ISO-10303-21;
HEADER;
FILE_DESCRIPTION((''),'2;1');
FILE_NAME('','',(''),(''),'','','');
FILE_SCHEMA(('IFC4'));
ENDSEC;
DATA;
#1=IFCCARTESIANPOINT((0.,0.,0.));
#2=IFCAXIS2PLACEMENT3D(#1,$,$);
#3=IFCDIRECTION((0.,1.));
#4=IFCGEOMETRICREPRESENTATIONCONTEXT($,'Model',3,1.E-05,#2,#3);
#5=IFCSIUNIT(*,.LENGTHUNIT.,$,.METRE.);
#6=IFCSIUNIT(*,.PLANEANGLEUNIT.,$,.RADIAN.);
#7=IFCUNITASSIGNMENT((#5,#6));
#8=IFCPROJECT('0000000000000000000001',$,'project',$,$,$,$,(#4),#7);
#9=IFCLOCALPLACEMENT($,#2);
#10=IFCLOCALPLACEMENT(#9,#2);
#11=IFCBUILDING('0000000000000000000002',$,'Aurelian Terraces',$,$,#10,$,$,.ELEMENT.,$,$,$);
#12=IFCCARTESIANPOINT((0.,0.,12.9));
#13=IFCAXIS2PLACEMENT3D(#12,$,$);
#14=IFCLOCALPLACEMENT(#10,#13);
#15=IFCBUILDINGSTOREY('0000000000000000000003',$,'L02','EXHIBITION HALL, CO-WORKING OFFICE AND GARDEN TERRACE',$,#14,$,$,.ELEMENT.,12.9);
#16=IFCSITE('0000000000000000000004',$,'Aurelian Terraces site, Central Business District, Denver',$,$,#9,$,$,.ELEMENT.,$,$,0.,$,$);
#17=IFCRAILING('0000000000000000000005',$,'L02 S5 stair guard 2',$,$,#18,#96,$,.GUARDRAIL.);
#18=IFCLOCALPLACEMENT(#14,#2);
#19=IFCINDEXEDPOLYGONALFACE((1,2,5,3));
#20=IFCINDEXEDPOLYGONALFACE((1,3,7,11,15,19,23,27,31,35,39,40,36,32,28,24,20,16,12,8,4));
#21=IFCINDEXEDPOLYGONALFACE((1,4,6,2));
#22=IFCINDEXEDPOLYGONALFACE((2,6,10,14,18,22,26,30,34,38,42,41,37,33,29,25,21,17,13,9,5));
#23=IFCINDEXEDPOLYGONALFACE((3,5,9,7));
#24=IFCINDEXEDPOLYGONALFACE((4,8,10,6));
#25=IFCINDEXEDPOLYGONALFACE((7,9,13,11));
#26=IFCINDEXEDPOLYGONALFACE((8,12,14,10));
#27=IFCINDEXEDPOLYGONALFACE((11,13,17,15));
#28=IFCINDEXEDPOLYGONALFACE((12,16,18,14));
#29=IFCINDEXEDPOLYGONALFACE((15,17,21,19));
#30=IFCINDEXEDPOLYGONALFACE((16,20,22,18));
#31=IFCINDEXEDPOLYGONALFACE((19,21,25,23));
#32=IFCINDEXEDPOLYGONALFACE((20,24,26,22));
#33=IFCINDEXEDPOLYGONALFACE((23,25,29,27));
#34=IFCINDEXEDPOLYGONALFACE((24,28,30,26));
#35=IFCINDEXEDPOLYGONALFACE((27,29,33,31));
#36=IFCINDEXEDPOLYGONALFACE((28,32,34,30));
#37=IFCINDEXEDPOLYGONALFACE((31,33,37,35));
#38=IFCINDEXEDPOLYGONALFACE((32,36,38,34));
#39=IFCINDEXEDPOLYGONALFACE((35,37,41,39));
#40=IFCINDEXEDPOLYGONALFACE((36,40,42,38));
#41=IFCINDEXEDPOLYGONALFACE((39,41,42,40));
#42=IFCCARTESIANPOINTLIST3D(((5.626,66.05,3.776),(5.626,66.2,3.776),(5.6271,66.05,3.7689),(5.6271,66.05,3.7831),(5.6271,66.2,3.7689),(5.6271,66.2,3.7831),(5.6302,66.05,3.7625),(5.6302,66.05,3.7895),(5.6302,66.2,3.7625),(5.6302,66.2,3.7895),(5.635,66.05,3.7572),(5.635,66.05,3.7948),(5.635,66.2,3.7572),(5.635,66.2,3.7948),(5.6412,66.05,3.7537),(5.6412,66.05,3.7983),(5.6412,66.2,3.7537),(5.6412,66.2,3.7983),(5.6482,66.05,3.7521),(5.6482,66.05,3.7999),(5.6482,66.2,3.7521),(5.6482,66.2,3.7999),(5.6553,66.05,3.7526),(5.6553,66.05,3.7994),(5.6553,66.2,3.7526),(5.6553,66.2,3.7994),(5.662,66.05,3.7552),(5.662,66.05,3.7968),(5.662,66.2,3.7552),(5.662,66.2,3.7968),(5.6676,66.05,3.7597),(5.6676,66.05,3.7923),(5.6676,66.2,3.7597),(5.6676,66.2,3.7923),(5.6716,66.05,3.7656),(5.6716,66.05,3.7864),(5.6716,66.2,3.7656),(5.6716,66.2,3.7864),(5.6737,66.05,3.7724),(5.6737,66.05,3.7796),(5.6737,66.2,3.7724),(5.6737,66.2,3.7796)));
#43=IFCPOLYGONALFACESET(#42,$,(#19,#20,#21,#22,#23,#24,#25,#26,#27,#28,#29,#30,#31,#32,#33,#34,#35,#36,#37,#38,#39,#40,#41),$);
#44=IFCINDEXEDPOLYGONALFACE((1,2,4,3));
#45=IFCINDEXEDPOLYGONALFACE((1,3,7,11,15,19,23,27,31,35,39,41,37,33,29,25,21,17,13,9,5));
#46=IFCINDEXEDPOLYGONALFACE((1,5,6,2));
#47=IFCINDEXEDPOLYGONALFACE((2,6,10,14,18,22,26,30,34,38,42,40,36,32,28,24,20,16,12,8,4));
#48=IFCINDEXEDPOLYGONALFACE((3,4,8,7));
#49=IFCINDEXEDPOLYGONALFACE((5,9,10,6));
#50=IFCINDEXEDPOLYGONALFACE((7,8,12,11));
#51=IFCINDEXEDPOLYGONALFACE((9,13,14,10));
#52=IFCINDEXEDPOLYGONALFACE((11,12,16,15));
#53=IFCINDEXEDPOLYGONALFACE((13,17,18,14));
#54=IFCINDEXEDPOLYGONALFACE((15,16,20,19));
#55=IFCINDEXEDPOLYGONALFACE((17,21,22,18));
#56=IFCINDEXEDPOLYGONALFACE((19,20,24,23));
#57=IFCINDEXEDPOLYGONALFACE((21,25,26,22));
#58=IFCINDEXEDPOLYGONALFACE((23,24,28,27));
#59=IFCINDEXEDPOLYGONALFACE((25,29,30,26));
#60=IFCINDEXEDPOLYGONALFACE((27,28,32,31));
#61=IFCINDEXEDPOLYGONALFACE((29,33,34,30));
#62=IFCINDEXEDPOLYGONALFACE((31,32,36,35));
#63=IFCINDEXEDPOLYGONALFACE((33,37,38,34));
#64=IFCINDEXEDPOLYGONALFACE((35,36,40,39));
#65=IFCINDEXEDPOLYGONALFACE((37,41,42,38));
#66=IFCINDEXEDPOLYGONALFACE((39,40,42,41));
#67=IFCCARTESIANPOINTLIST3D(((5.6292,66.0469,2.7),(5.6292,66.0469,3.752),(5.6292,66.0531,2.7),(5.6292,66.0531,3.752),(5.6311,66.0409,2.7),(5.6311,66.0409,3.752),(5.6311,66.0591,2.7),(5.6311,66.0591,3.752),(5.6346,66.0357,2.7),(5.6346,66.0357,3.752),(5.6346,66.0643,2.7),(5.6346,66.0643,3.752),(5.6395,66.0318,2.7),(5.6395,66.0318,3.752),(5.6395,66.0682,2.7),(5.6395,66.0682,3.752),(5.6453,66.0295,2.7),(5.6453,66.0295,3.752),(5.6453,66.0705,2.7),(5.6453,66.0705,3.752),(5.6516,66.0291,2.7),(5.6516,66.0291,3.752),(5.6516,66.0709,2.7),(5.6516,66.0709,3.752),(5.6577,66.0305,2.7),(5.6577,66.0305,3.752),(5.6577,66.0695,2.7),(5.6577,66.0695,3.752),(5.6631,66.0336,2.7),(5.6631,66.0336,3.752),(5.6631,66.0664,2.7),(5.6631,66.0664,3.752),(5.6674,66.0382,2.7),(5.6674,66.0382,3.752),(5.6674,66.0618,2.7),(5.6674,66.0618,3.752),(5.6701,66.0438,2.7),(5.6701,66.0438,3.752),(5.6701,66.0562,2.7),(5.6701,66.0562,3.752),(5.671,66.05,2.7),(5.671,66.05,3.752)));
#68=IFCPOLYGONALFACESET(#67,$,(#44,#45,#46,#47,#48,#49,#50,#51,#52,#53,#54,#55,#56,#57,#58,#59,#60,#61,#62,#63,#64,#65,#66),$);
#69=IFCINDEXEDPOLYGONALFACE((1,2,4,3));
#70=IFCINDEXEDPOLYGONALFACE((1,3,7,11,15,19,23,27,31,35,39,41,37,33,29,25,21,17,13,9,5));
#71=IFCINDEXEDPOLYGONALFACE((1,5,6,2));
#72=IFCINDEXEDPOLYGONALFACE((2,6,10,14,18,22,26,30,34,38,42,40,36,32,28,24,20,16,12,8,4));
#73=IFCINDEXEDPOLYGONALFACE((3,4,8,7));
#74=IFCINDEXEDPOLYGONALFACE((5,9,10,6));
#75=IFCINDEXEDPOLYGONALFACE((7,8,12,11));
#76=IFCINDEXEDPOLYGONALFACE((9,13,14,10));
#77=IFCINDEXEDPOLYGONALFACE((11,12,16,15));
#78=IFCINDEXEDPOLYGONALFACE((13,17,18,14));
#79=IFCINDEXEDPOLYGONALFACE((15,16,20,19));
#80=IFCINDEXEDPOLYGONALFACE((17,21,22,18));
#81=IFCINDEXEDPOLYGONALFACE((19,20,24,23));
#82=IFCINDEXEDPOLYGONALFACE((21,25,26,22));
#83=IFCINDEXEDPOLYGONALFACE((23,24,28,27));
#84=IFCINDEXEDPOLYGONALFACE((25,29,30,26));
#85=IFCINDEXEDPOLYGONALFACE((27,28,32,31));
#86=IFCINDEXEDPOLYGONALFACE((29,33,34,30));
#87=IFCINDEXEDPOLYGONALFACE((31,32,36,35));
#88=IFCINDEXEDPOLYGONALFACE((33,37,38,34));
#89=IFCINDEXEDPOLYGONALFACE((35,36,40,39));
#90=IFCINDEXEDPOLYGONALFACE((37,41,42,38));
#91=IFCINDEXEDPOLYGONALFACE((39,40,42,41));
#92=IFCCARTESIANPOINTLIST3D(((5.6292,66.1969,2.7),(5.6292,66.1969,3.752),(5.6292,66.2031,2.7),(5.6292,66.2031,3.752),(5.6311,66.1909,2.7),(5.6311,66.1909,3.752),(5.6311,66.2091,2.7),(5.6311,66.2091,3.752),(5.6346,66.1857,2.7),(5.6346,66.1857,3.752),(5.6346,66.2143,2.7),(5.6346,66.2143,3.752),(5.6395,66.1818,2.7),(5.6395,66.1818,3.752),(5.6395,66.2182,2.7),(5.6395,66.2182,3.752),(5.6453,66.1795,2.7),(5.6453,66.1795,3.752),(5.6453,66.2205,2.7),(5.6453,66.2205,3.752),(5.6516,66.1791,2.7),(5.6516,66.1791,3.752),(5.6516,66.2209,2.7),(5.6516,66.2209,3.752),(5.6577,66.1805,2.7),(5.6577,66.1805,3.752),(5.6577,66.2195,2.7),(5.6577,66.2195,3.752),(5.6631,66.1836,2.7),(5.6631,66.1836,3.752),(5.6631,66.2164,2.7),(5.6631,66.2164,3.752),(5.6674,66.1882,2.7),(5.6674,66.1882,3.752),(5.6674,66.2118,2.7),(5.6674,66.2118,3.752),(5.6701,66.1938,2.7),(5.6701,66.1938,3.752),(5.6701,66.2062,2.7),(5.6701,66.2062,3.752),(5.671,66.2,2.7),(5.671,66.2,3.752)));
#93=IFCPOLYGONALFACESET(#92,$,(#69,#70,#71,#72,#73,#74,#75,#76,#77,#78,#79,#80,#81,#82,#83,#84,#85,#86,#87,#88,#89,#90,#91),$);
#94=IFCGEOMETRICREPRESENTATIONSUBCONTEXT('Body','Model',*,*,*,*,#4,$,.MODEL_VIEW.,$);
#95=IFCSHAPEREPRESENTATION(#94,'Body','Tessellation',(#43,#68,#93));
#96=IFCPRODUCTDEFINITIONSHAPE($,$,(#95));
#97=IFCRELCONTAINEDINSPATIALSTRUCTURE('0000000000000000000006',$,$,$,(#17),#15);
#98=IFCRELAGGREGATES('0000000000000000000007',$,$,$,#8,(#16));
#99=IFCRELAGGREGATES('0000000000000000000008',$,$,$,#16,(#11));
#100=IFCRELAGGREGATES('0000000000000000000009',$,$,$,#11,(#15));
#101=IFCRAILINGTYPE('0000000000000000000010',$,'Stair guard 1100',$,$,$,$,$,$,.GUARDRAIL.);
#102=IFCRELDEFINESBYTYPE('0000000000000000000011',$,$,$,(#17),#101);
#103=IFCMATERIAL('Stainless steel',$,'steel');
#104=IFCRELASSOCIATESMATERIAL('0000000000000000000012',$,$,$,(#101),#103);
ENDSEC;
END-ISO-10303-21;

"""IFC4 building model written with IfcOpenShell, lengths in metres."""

from ifc_helpers import new_model, si_unit, direction, frame, origin, origin_2d, place, context, subcontext, project, spatial, circle, extrude, source, transform, mapped, material, type_object, element, save


model = new_model("IFC4")

# Units and contexts
model_context = context("Model", 3, precision=1e-05, world=origin(), true_north=direction((0.0, 1.0)))
body_context = subcontext(model_context, "Body", "Model", "MODEL_VIEW")
ifc_project = project(units=[si_unit("LENGTHUNIT", "METRE"), si_unit("PLANEANGLEUNIT", "RADIAN")], contexts=[model_context])

# Site, building, storey
site_placement = place(None, origin())
site = spatial("IfcSite", under=ifc_project, at=site_placement, Name="Aurelian Terraces site, Central Business District, Denver", CompositionType="ELEMENT", RefElevation=0.0)
building_placement = place(site_placement, origin())
building = spatial("IfcBuilding", under=site, at=building_placement, Name="Aurelian Terraces", CompositionType="ELEMENT")
storey_placement = place(building_placement, frame((0.0, 0.0, 12.9)))
storey = spatial("IfcBuildingStorey", under=building, at=storey_placement, Name="L02", Description="EXHIBITION HALL, CO-WORKING OFFICE AND GARDEN TERRACE", CompositionType="ELEMENT", Elevation=12.9)

# Railing
ifc_material_1 = material(Name="Stainless steel", Category="steel")
railing_type_1 = type_object("IfcRailingType", Name="Stair guard 1100", PredefinedType="GUARDRAIL", material=ifc_material_1)
shared_shape_1 = source(origin(), body_context, "Body", "SweptSolid", [
    extrude(circle(Radius=0.024, at=origin_2d()), frame((0.0, 0.0, 1.076), z_axis=(0.0, 1.0, 0.0), x_axis=(-1.0, 0.0, 0.0)), (0.0, 0.0, 1.0), 0.15),
    extrude(circle(Radius=0.021, at=origin_2d()), origin(), (0.0, 0.0, 1.0), 1.052),
    extrude(circle(Radius=0.021, at=origin_2d()), frame((0.0, 0.15, 0.0)), (0.0, 0.0, 1.0), 1.052),
])
railing_1_placement = place(storey_placement, frame((5.65, 66.05, 2.7)))
element("IfcRailing", 1, at=railing_1_placement, inside=storey, type_object=railing_type_1, Name="L02 S5 stair guard 2", PredefinedType="GUARDRAIL", context=body_context, shape_type="MappedRepresentation", body=[
    mapped(shared_shape_1, transform((0.0, 0.0, 0.0), scale=1.0)),
])

save(model, "model.ifc")
